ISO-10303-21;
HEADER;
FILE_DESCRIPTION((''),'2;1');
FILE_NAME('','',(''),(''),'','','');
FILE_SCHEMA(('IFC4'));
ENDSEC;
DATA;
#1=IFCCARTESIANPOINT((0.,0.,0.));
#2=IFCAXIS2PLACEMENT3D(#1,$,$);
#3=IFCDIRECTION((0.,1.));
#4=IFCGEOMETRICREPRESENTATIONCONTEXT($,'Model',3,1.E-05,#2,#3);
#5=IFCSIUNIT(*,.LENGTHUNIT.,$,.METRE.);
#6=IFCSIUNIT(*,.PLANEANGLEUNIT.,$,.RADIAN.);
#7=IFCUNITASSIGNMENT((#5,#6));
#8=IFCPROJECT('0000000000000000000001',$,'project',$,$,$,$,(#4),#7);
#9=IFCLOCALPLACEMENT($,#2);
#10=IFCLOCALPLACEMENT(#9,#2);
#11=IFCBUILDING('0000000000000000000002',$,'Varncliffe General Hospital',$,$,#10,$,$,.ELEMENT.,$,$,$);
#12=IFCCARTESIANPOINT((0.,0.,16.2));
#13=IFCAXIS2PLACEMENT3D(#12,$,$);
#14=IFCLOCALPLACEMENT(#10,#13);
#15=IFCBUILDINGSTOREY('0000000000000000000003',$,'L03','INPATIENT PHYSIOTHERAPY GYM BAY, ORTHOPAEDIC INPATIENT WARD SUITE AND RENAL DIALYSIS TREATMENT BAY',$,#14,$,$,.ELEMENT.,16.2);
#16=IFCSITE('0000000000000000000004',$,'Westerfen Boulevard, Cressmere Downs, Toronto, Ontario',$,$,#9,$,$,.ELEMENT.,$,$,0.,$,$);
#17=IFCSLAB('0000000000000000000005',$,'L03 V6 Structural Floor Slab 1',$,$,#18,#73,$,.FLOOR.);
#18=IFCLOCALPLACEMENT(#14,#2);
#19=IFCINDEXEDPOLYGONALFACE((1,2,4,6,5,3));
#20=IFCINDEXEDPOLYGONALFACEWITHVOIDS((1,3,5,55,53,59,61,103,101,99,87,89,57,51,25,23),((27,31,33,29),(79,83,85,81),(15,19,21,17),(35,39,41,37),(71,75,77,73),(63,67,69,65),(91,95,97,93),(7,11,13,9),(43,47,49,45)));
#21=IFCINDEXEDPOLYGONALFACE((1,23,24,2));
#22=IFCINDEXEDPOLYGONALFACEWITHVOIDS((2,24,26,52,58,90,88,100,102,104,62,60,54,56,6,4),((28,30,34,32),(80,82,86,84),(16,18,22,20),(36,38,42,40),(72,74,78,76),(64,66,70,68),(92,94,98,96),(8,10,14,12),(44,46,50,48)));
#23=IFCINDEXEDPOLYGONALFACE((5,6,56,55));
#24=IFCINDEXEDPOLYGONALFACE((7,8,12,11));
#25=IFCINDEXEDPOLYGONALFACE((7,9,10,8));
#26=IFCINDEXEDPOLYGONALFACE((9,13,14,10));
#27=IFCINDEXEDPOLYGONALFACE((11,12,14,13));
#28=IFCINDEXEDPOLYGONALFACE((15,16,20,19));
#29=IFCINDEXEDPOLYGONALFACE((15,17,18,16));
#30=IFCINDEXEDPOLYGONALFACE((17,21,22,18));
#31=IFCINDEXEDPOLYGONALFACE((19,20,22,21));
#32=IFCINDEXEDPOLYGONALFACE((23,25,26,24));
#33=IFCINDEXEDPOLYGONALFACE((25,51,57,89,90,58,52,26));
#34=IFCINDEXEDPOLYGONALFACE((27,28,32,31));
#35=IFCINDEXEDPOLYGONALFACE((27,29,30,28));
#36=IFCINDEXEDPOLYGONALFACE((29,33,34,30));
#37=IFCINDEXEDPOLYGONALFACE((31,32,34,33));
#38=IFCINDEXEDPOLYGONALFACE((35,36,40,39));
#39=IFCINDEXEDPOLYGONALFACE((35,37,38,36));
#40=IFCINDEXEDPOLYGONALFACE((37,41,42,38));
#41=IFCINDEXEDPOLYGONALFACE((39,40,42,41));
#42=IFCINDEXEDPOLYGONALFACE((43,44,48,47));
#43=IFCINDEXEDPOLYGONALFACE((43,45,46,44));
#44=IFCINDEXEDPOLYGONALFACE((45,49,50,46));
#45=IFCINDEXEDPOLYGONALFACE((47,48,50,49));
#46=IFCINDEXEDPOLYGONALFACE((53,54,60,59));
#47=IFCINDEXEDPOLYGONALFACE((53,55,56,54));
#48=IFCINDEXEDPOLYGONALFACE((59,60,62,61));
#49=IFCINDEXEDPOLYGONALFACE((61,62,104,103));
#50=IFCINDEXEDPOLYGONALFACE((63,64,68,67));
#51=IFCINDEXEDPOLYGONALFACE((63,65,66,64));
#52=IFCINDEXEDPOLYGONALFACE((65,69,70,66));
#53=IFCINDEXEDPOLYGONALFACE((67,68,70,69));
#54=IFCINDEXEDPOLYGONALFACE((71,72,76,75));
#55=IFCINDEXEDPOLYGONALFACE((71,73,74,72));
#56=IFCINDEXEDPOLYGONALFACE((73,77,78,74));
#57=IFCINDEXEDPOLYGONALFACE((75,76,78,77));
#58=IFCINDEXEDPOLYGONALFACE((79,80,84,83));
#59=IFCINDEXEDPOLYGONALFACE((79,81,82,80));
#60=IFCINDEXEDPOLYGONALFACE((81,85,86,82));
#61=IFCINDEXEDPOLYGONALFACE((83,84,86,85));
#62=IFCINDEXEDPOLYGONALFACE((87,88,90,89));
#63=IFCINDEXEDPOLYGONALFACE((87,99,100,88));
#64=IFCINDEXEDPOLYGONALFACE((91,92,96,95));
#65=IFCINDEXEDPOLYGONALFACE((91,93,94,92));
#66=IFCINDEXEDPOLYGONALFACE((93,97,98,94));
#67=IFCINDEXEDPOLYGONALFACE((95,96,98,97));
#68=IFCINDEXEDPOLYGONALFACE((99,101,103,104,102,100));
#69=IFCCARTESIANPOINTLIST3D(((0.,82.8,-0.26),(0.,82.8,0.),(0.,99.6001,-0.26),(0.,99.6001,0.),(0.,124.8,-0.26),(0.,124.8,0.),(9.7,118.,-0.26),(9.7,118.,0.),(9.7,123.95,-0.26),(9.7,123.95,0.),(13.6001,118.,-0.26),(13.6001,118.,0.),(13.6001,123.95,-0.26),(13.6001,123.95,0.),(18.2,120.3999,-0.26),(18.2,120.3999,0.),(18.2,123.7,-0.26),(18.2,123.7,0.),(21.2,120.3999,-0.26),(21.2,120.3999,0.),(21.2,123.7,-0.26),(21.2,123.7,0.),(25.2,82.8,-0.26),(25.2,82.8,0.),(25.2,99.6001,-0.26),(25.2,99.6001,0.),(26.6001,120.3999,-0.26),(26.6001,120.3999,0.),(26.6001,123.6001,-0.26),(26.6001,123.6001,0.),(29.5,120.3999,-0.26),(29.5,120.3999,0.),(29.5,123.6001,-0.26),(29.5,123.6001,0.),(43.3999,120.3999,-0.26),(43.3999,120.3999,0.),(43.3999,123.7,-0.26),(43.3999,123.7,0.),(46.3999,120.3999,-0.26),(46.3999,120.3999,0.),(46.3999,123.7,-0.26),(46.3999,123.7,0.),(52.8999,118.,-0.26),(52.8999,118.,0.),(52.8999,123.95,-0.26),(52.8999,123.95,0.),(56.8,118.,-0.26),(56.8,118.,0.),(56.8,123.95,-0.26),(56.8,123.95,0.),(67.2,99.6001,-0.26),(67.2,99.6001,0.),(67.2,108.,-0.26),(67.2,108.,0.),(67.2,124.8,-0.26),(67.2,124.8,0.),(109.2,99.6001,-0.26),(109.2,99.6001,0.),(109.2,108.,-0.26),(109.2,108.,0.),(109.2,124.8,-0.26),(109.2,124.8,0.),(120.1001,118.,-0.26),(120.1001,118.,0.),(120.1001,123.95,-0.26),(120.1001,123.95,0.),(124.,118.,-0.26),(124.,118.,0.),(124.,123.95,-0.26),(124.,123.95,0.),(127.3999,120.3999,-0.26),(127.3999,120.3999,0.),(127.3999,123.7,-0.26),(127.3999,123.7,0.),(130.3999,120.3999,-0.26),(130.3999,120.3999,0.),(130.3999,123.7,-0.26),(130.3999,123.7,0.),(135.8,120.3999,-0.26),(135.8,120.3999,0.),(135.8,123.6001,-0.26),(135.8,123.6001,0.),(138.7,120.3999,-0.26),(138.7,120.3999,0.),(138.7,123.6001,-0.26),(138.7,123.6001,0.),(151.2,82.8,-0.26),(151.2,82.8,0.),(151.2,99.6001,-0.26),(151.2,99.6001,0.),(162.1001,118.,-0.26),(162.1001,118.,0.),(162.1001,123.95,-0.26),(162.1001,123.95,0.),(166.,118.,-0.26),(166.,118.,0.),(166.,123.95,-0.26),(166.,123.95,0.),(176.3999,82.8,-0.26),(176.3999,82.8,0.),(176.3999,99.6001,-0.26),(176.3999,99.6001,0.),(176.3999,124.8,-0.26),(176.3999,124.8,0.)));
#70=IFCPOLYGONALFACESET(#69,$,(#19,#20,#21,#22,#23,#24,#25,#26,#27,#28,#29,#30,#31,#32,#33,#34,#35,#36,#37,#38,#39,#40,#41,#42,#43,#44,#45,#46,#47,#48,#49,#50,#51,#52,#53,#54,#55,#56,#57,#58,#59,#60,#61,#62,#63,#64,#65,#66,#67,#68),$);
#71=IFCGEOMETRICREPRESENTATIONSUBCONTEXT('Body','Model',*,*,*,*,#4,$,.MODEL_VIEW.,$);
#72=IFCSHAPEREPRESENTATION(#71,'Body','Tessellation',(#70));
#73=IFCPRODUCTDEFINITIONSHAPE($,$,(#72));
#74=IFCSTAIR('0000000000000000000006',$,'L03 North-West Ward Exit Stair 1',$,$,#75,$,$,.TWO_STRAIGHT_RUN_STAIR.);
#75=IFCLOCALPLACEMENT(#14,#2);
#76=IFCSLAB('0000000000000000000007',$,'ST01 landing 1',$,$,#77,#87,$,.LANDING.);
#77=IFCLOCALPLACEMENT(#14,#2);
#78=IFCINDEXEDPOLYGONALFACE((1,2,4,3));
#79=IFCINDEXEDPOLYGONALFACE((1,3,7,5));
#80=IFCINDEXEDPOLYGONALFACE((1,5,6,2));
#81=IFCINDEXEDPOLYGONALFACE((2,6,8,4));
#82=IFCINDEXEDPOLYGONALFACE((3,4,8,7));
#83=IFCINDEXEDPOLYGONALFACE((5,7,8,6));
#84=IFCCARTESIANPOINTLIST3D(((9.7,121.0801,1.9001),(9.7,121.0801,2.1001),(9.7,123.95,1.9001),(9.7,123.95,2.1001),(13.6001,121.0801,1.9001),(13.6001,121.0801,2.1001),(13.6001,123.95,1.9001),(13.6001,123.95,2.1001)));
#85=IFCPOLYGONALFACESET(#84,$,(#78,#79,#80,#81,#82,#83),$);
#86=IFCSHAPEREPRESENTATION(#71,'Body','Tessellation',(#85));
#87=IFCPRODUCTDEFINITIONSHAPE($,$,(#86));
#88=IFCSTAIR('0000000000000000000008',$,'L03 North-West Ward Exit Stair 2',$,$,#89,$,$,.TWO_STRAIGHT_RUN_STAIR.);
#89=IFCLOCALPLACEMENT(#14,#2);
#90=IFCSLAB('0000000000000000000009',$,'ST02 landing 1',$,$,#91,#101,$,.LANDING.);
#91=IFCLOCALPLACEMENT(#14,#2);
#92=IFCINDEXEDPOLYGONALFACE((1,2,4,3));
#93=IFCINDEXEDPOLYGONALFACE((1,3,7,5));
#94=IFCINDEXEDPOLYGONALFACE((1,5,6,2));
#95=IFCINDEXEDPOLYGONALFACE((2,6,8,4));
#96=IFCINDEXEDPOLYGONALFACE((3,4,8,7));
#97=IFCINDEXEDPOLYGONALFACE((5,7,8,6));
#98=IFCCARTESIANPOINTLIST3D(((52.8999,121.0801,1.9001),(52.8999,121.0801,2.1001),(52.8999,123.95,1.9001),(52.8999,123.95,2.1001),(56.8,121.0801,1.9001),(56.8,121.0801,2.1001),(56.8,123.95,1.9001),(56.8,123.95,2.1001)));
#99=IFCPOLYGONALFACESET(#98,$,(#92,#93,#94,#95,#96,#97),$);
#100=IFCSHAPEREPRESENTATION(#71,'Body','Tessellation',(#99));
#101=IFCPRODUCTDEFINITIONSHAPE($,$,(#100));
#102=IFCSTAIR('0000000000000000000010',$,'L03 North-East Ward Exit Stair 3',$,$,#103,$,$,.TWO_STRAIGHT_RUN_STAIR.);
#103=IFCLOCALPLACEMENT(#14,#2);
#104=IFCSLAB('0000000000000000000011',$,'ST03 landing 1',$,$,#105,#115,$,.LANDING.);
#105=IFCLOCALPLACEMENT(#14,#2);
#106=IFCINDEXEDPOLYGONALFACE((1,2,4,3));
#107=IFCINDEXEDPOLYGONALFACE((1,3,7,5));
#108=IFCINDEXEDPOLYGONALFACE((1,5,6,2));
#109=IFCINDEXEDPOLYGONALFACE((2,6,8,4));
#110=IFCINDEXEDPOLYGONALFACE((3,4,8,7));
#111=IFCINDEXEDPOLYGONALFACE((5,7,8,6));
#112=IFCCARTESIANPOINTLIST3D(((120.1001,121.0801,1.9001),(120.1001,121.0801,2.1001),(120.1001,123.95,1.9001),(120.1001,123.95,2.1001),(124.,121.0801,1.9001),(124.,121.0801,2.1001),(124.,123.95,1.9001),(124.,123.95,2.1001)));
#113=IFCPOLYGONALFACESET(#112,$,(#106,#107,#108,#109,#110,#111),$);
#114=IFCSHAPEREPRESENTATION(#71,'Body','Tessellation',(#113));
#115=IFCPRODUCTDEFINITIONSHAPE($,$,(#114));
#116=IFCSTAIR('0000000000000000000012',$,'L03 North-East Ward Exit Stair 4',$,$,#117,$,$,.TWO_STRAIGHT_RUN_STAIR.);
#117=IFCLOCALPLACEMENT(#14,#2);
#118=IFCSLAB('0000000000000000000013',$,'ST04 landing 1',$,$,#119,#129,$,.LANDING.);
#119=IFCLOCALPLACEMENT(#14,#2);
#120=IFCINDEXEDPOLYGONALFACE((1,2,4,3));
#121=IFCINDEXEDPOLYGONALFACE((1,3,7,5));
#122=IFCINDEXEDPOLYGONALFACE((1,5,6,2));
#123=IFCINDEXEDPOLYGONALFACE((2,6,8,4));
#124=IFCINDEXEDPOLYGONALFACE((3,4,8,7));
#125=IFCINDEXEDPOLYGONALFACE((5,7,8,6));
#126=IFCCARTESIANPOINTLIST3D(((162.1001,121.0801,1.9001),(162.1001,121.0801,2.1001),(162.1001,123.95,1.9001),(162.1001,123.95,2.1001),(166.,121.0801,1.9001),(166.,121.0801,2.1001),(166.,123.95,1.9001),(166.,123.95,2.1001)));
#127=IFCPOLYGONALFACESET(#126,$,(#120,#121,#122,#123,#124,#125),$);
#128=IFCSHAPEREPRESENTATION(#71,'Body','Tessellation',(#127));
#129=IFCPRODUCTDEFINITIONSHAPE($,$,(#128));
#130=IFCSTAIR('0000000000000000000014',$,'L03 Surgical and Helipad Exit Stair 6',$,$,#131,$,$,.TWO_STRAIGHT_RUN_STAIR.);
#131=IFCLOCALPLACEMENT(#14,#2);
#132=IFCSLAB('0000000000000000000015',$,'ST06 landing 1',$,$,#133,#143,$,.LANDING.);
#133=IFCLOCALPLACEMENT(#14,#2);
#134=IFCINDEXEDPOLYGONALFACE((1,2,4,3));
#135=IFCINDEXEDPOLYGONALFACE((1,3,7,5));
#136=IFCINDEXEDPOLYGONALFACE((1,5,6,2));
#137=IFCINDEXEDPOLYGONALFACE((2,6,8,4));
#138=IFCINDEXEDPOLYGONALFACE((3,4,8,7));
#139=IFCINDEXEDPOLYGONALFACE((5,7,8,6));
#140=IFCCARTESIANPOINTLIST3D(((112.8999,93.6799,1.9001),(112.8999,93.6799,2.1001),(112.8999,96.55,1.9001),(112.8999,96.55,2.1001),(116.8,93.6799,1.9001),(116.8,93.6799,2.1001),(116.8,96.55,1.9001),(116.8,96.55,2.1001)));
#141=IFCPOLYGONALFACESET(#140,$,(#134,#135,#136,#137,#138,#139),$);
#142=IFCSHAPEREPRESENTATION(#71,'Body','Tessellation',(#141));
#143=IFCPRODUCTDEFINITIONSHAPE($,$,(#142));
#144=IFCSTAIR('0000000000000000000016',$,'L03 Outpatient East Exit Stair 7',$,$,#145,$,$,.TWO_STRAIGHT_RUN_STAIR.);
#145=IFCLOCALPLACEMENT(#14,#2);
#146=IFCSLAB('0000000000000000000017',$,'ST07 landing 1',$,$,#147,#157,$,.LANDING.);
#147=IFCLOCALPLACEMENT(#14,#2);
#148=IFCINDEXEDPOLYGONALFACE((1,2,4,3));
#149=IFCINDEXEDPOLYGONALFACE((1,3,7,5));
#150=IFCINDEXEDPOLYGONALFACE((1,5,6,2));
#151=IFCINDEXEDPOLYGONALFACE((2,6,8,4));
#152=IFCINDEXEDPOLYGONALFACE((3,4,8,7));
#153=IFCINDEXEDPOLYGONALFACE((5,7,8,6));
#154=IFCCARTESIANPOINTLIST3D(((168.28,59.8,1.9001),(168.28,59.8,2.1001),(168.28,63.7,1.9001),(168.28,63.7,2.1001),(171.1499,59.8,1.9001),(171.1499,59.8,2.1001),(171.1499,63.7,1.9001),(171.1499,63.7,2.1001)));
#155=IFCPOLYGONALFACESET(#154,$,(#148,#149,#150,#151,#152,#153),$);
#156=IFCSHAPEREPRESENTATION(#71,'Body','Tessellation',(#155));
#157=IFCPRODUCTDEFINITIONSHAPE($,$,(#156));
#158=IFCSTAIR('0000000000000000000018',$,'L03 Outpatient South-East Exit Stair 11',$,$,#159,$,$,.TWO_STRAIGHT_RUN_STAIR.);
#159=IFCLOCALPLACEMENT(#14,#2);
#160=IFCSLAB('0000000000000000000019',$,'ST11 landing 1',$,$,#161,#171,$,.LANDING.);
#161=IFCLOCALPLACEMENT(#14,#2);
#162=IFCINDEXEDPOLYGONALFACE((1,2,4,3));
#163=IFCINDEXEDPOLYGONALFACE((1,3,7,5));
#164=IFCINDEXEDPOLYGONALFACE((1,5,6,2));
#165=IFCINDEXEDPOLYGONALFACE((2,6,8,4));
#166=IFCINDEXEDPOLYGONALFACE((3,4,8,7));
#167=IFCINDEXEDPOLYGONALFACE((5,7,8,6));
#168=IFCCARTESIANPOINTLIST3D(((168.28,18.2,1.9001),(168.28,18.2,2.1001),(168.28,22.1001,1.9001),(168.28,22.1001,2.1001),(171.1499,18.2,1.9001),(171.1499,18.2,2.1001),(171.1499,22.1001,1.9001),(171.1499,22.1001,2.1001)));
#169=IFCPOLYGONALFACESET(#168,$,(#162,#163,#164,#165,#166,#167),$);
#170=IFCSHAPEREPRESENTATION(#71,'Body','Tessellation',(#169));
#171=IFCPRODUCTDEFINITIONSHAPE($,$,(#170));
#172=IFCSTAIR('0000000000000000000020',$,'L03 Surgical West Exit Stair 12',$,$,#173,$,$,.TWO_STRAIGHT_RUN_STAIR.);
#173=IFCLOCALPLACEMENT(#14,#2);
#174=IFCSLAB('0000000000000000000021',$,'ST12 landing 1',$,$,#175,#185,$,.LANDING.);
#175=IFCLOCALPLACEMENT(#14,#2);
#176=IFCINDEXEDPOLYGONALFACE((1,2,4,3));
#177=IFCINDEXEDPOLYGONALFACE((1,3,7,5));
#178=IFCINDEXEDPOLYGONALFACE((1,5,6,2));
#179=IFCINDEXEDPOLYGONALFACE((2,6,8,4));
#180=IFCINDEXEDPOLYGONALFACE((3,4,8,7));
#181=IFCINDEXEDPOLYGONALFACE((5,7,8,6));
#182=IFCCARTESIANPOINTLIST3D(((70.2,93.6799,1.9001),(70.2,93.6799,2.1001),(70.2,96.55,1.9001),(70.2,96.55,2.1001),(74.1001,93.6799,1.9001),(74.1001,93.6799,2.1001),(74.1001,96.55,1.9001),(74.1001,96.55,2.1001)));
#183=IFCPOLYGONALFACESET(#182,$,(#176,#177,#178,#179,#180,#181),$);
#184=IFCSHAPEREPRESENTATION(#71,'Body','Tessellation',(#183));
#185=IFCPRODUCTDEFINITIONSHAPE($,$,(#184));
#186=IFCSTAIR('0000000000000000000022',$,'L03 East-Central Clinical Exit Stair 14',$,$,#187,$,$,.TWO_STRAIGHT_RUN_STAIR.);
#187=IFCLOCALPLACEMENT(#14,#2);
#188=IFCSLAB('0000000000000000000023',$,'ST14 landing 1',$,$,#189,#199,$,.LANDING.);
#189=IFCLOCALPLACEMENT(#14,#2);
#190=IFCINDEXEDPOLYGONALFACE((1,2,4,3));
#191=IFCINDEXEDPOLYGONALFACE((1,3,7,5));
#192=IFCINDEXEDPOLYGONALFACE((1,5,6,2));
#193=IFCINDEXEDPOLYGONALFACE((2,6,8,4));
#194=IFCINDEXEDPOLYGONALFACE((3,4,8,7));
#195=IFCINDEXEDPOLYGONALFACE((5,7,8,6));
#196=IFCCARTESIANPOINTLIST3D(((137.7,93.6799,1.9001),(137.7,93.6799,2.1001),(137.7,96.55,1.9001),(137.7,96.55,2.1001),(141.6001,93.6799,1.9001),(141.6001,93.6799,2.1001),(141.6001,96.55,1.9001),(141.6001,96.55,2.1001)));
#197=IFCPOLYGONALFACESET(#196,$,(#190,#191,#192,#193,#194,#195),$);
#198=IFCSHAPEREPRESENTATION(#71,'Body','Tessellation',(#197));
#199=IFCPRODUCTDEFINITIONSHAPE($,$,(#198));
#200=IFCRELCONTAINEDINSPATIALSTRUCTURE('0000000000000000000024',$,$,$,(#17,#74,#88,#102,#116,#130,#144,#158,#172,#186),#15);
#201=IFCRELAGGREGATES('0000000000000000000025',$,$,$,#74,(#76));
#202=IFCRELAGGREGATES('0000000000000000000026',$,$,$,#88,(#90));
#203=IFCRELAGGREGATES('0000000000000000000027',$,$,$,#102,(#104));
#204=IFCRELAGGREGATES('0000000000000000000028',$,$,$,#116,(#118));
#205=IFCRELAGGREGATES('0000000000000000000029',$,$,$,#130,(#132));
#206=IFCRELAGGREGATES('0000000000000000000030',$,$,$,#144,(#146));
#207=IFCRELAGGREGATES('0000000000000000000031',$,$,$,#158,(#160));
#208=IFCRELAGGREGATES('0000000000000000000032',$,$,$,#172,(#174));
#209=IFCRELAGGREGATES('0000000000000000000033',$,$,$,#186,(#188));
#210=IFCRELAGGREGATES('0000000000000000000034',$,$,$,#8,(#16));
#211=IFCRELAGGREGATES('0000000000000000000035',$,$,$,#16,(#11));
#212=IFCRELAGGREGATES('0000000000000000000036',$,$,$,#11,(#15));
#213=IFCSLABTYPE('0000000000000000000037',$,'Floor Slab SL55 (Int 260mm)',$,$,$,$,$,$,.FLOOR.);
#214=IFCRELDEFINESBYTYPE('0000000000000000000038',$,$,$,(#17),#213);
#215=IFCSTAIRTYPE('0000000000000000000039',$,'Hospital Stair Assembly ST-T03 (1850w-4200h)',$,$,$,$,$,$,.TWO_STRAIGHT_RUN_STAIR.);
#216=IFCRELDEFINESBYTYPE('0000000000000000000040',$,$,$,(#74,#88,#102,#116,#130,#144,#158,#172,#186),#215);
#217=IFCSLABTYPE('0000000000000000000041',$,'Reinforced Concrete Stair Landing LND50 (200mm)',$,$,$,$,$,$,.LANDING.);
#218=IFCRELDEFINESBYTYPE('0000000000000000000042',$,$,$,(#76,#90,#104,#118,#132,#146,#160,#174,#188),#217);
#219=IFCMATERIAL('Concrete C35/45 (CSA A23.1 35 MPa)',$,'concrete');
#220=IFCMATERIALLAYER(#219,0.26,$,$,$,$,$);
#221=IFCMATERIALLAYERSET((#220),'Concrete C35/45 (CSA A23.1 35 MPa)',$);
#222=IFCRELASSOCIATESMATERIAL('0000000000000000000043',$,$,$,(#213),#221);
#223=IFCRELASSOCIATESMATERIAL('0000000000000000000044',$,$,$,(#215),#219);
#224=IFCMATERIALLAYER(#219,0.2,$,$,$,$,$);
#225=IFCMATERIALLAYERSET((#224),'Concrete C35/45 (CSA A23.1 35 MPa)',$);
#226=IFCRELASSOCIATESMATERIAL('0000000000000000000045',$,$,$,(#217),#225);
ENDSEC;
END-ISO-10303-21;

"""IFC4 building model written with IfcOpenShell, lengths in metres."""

from ifc_helpers import new_model, si_unit, direction, frame, origin, place, context, subcontext, project, spatial, polyline, outline, extrude, material, layer, layer_set, type_object, element, aggregate, save


model = new_model("IFC4")

# Units and contexts
model_context = context("Model", 3, precision=1e-05, world=origin(), true_north=direction((0.0, 1.0)))
body_context = subcontext(model_context, "Body", "Model", "MODEL_VIEW")
ifc_project = project(units=[si_unit("LENGTHUNIT", "METRE"), si_unit("PLANEANGLEUNIT", "RADIAN")], contexts=[model_context])

# Site, building, storey
site_placement = place(None, origin())
site = spatial("IfcSite", under=ifc_project, at=site_placement, Name="Westerfen Boulevard, Cressmere Downs, Toronto, Ontario", CompositionType="ELEMENT", RefElevation=0.0)
building_placement = place(site_placement, origin())
building = spatial("IfcBuilding", under=site, at=building_placement, Name="Varncliffe General Hospital", CompositionType="ELEMENT")
storey_placement = place(building_placement, frame((0.0, 0.0, 16.2)))
storey = spatial("IfcBuildingStorey", under=building, at=storey_placement, Name="L03", Description="INPATIENT PHYSIOTHERAPY GYM BAY, ORTHOPAEDIC INPATIENT WARD SUITE AND RENAL DIALYSIS TREATMENT BAY", CompositionType="ELEMENT", Elevation=16.2)

# Shared definitions
ifc_material_1 = material(Name="Concrete C35/45 (CSA A23.1 35 MPa)", Category="concrete")

# Slab
ifc_layer_1 = layer(ifc_material_1, 0.26)
ifc_layer_set_1 = layer_set([ifc_layer_1], Name="Concrete C35/45 (CSA A23.1 35 MPa)")
slab_type_1 = type_object("IfcSlabType", Name="Floor Slab SL55 (Int 260mm)", PredefinedType="FLOOR", material=ifc_layer_set_1)
slab_1_placement = place(storey_placement, frame((0.0, 0.0, -0.26)))
element("IfcSlab", 1, at=slab_1_placement, inside=storey, type_object=slab_type_1, Name="L03 V6 Structural Floor Slab 1", PredefinedType="FLOOR", context=body_context, shape_type="SweptSolid", body=[
    extrude(outline(polyline([(0.0, 99.6001), (0.0, 124.8), (67.2, 124.8), (67.2, 108.0), (109.2, 108.0), (109.2, 124.8), (176.3999, 124.8), (176.3999, 99.6001), (176.3999, 82.8), (151.2, 82.8), (151.2, 99.6001), (109.2, 99.6001), (67.2, 99.6001), (25.2, 99.6001), (25.2, 82.8), (0.0, 82.8), (0.0, 99.6001)]), holes=[polyline([(13.6001, 118.0), (13.6001, 123.95), (9.7, 123.95), (9.7, 118.0), (13.6001, 118.0)]), polyline([(56.8, 118.0), (56.8, 123.95), (52.8999, 123.95), (52.8999, 118.0), (56.8, 118.0)]), polyline([(124.0, 118.0), (124.0, 123.95), (120.1001, 123.95), (120.1001, 118.0), (124.0, 118.0)]), polyline([(166.0, 118.0), (166.0, 123.95), (162.1001, 123.95), (162.1001, 118.0), (166.0, 118.0)]), polyline([(18.2, 120.3999), (21.2, 120.3999), (21.2, 123.7), (18.2, 123.7), (18.2, 120.3999)]), polyline([(43.3999, 120.3999), (46.3999, 120.3999), (46.3999, 123.7), (43.3999, 123.7), (43.3999, 120.3999)]), polyline([(127.3999, 120.3999), (130.3999, 120.3999), (130.3999, 123.7), (127.3999, 123.7), (127.3999, 120.3999)]), polyline([(26.6001, 120.3999), (29.5, 120.3999), (29.5, 123.6001), (26.6001, 123.6001), (26.6001, 120.3999)]), polyline([(135.8, 120.3999), (138.7, 120.3999), (138.7, 123.6001), (135.8, 123.6001), (135.8, 120.3999)])]), origin(), (0.0, 0.0, 1.0), 0.26),
])

# Stairs, slabs
stair_type = type_object("IfcStairType", Name="Hospital Stair Assembly ST-T03 (1850w-4200h)", PredefinedType="TWO_STRAIGHT_RUN_STAIR", material=ifc_material_1)
stair_1_placement = place(storey_placement, origin())
stair_1 = element("IfcStair", 2, at=stair_1_placement, inside=storey, type_object=stair_type, Name="L03 North-West Ward Exit Stair 1", PredefinedType="TWO_STRAIGHT_RUN_STAIR")
ifc_layer_2 = layer(ifc_material_1, 0.2)
ifc_layer_set_2 = layer_set([ifc_layer_2], Name="Concrete C35/45 (CSA A23.1 35 MPa)")
slab_type_2 = type_object("IfcSlabType", Name="Reinforced Concrete Stair Landing LND50 (200mm)", PredefinedType="LANDING", material=ifc_layer_set_2)
slab_2_placement = place(storey_placement, frame((0.0, 0.0, 1.9001)))
slab_2 = element("IfcSlab", 3, at=slab_2_placement, type_object=slab_type_2, Name="ST01 landing 1", PredefinedType="LANDING", context=body_context, shape_type="SweptSolid", body=[
    extrude(outline(polyline([(13.6001, 121.0801), (13.6001, 123.95), (9.7, 123.95), (9.7, 121.0801), (13.6001, 121.0801)])), origin(), (0.0, 0.0, 1.0), 0.2),
])
aggregate(stair_1, [slab_2])
stair_2_placement = place(storey_placement, origin())
stair_2 = element("IfcStair", 4, at=stair_2_placement, inside=storey, type_object=stair_type, Name="L03 North-West Ward Exit Stair 2", PredefinedType="TWO_STRAIGHT_RUN_STAIR")
slab_3_placement = place(storey_placement, frame((0.0, 0.0, 1.9001)))
slab_3 = element("IfcSlab", 5, at=slab_3_placement, type_object=slab_type_2, Name="ST02 landing 1", PredefinedType="LANDING", context=body_context, shape_type="SweptSolid", body=[
    extrude(outline(polyline([(56.8, 121.0801), (56.8, 123.95), (52.8999, 123.95), (52.8999, 121.0801), (56.8, 121.0801)])), origin(), (0.0, 0.0, 1.0), 0.2),
])
aggregate(stair_2, [slab_3])
stair_3_placement = place(storey_placement, origin())
stair_3 = element("IfcStair", 6, at=stair_3_placement, inside=storey, type_object=stair_type, Name="L03 North-East Ward Exit Stair 3", PredefinedType="TWO_STRAIGHT_RUN_STAIR")
slab_4_placement = place(storey_placement, frame((0.0, 0.0, 1.9001)))
slab_4 = element("IfcSlab", 7, at=slab_4_placement, type_object=slab_type_2, Name="ST03 landing 1", PredefinedType="LANDING", context=body_context, shape_type="SweptSolid", body=[
    extrude(outline(polyline([(124.0, 121.0801), (124.0, 123.95), (120.1001, 123.95), (120.1001, 121.0801), (124.0, 121.0801)])), origin(), (0.0, 0.0, 1.0), 0.2),
])
aggregate(stair_3, [slab_4])
stair_4_placement = place(storey_placement, origin())
stair_4 = element("IfcStair", 8, at=stair_4_placement, inside=storey, type_object=stair_type, Name="L03 North-East Ward Exit Stair 4", PredefinedType="TWO_STRAIGHT_RUN_STAIR")
slab_5_placement = place(storey_placement, frame((0.0, 0.0, 1.9001)))
slab_5 = element("IfcSlab", 9, at=slab_5_placement, type_object=slab_type_2, Name="ST04 landing 1", PredefinedType="LANDING", context=body_context, shape_type="SweptSolid", body=[
    extrude(outline(polyline([(166.0, 121.0801), (166.0, 123.95), (162.1001, 123.95), (162.1001, 121.0801), (166.0, 121.0801)])), origin(), (0.0, 0.0, 1.0), 0.2),
])
aggregate(stair_4, [slab_5])
stair_5_placement = place(storey_placement, origin())
stair_5 = element("IfcStair", 10, at=stair_5_placement, inside=storey, type_object=stair_type, Name="L03 Surgical and Helipad Exit Stair 6", PredefinedType="TWO_STRAIGHT_RUN_STAIR")
slab_6_placement = place(storey_placement, frame((0.0, 0.0, 1.9001)))
slab_6 = element("IfcSlab", 11, at=slab_6_placement, type_object=slab_type_2, Name="ST06 landing 1", PredefinedType="LANDING", context=body_context, shape_type="SweptSolid", body=[
    extrude(outline(polyline([(116.8, 93.6799), (116.8, 96.55), (112.8999, 96.55), (112.8999, 93.6799), (116.8, 93.6799)])), origin(), (0.0, 0.0, 1.0), 0.2),
])
aggregate(stair_5, [slab_6])
stair_6_placement = place(storey_placement, origin())
stair_6 = element("IfcStair", 12, at=stair_6_placement, inside=storey, type_object=stair_type, Name="L03 Outpatient East Exit Stair 7", PredefinedType="TWO_STRAIGHT_RUN_STAIR")
slab_7_placement = place(storey_placement, frame((0.0, 0.0, 1.9001)))
slab_7 = element("IfcSlab", 13, at=slab_7_placement, type_object=slab_type_2, Name="ST07 landing 1", PredefinedType="LANDING", context=body_context, shape_type="SweptSolid", body=[
    extrude(outline(polyline([(168.28, 59.8), (171.1499, 59.8), (171.1499, 63.7), (168.28, 63.7), (168.28, 59.8)])), origin(), (0.0, 0.0, 1.0), 0.2),
])
aggregate(stair_6, [slab_7])
stair_7_placement = place(storey_placement, origin())
stair_7 = element("IfcStair", 14, at=stair_7_placement, inside=storey, type_object=stair_type, Name="L03 Outpatient South-East Exit Stair 11", PredefinedType="TWO_STRAIGHT_RUN_STAIR")
slab_8_placement = place(storey_placement, frame((0.0, 0.0, 1.9001)))
slab_8 = element("IfcSlab", 15, at=slab_8_placement, type_object=slab_type_2, Name="ST11 landing 1", PredefinedType="LANDING", context=body_context, shape_type="SweptSolid", body=[
    extrude(outline(polyline([(168.28, 18.2), (171.1499, 18.2), (171.1499, 22.1001), (168.28, 22.1001), (168.28, 18.2)])), origin(), (0.0, 0.0, 1.0), 0.2),
])
aggregate(stair_7, [slab_8])
stair_8_placement = place(storey_placement, origin())
stair_8 = element("IfcStair", 16, at=stair_8_placement, inside=storey, type_object=stair_type, Name="L03 Surgical West Exit Stair 12", PredefinedType="TWO_STRAIGHT_RUN_STAIR")
slab_9_placement = place(storey_placement, frame((0.0, 0.0, 1.9001)))
slab_9 = element("IfcSlab", 17, at=slab_9_placement, type_object=slab_type_2, Name="ST12 landing 1", PredefinedType="LANDING", context=body_context, shape_type="SweptSolid", body=[
    extrude(outline(polyline([(74.1001, 93.6799), (74.1001, 96.55), (70.2, 96.55), (70.2, 93.6799), (74.1001, 93.6799)])), origin(), (0.0, 0.0, 1.0), 0.2),
])
aggregate(stair_8, [slab_9])
stair_9_placement = place(storey_placement, origin())
stair_9 = element("IfcStair", 18, at=stair_9_placement, inside=storey, type_object=stair_type, Name="L03 East-Central Clinical Exit Stair 14", PredefinedType="TWO_STRAIGHT_RUN_STAIR")
slab_10_placement = place(storey_placement, frame((0.0, 0.0, 1.9001)))
slab_10 = element("IfcSlab", 19, at=slab_10_placement, type_object=slab_type_2, Name="ST14 landing 1", PredefinedType="LANDING", context=body_context, shape_type="SweptSolid", body=[
    extrude(outline(polyline([(141.6001, 93.6799), (141.6001, 96.55), (137.7, 96.55), (137.7, 93.6799), (141.6001, 93.6799)])), origin(), (0.0, 0.0, 1.0), 0.2),
])
aggregate(stair_9, [slab_10])

save(model, "model.ifc")
